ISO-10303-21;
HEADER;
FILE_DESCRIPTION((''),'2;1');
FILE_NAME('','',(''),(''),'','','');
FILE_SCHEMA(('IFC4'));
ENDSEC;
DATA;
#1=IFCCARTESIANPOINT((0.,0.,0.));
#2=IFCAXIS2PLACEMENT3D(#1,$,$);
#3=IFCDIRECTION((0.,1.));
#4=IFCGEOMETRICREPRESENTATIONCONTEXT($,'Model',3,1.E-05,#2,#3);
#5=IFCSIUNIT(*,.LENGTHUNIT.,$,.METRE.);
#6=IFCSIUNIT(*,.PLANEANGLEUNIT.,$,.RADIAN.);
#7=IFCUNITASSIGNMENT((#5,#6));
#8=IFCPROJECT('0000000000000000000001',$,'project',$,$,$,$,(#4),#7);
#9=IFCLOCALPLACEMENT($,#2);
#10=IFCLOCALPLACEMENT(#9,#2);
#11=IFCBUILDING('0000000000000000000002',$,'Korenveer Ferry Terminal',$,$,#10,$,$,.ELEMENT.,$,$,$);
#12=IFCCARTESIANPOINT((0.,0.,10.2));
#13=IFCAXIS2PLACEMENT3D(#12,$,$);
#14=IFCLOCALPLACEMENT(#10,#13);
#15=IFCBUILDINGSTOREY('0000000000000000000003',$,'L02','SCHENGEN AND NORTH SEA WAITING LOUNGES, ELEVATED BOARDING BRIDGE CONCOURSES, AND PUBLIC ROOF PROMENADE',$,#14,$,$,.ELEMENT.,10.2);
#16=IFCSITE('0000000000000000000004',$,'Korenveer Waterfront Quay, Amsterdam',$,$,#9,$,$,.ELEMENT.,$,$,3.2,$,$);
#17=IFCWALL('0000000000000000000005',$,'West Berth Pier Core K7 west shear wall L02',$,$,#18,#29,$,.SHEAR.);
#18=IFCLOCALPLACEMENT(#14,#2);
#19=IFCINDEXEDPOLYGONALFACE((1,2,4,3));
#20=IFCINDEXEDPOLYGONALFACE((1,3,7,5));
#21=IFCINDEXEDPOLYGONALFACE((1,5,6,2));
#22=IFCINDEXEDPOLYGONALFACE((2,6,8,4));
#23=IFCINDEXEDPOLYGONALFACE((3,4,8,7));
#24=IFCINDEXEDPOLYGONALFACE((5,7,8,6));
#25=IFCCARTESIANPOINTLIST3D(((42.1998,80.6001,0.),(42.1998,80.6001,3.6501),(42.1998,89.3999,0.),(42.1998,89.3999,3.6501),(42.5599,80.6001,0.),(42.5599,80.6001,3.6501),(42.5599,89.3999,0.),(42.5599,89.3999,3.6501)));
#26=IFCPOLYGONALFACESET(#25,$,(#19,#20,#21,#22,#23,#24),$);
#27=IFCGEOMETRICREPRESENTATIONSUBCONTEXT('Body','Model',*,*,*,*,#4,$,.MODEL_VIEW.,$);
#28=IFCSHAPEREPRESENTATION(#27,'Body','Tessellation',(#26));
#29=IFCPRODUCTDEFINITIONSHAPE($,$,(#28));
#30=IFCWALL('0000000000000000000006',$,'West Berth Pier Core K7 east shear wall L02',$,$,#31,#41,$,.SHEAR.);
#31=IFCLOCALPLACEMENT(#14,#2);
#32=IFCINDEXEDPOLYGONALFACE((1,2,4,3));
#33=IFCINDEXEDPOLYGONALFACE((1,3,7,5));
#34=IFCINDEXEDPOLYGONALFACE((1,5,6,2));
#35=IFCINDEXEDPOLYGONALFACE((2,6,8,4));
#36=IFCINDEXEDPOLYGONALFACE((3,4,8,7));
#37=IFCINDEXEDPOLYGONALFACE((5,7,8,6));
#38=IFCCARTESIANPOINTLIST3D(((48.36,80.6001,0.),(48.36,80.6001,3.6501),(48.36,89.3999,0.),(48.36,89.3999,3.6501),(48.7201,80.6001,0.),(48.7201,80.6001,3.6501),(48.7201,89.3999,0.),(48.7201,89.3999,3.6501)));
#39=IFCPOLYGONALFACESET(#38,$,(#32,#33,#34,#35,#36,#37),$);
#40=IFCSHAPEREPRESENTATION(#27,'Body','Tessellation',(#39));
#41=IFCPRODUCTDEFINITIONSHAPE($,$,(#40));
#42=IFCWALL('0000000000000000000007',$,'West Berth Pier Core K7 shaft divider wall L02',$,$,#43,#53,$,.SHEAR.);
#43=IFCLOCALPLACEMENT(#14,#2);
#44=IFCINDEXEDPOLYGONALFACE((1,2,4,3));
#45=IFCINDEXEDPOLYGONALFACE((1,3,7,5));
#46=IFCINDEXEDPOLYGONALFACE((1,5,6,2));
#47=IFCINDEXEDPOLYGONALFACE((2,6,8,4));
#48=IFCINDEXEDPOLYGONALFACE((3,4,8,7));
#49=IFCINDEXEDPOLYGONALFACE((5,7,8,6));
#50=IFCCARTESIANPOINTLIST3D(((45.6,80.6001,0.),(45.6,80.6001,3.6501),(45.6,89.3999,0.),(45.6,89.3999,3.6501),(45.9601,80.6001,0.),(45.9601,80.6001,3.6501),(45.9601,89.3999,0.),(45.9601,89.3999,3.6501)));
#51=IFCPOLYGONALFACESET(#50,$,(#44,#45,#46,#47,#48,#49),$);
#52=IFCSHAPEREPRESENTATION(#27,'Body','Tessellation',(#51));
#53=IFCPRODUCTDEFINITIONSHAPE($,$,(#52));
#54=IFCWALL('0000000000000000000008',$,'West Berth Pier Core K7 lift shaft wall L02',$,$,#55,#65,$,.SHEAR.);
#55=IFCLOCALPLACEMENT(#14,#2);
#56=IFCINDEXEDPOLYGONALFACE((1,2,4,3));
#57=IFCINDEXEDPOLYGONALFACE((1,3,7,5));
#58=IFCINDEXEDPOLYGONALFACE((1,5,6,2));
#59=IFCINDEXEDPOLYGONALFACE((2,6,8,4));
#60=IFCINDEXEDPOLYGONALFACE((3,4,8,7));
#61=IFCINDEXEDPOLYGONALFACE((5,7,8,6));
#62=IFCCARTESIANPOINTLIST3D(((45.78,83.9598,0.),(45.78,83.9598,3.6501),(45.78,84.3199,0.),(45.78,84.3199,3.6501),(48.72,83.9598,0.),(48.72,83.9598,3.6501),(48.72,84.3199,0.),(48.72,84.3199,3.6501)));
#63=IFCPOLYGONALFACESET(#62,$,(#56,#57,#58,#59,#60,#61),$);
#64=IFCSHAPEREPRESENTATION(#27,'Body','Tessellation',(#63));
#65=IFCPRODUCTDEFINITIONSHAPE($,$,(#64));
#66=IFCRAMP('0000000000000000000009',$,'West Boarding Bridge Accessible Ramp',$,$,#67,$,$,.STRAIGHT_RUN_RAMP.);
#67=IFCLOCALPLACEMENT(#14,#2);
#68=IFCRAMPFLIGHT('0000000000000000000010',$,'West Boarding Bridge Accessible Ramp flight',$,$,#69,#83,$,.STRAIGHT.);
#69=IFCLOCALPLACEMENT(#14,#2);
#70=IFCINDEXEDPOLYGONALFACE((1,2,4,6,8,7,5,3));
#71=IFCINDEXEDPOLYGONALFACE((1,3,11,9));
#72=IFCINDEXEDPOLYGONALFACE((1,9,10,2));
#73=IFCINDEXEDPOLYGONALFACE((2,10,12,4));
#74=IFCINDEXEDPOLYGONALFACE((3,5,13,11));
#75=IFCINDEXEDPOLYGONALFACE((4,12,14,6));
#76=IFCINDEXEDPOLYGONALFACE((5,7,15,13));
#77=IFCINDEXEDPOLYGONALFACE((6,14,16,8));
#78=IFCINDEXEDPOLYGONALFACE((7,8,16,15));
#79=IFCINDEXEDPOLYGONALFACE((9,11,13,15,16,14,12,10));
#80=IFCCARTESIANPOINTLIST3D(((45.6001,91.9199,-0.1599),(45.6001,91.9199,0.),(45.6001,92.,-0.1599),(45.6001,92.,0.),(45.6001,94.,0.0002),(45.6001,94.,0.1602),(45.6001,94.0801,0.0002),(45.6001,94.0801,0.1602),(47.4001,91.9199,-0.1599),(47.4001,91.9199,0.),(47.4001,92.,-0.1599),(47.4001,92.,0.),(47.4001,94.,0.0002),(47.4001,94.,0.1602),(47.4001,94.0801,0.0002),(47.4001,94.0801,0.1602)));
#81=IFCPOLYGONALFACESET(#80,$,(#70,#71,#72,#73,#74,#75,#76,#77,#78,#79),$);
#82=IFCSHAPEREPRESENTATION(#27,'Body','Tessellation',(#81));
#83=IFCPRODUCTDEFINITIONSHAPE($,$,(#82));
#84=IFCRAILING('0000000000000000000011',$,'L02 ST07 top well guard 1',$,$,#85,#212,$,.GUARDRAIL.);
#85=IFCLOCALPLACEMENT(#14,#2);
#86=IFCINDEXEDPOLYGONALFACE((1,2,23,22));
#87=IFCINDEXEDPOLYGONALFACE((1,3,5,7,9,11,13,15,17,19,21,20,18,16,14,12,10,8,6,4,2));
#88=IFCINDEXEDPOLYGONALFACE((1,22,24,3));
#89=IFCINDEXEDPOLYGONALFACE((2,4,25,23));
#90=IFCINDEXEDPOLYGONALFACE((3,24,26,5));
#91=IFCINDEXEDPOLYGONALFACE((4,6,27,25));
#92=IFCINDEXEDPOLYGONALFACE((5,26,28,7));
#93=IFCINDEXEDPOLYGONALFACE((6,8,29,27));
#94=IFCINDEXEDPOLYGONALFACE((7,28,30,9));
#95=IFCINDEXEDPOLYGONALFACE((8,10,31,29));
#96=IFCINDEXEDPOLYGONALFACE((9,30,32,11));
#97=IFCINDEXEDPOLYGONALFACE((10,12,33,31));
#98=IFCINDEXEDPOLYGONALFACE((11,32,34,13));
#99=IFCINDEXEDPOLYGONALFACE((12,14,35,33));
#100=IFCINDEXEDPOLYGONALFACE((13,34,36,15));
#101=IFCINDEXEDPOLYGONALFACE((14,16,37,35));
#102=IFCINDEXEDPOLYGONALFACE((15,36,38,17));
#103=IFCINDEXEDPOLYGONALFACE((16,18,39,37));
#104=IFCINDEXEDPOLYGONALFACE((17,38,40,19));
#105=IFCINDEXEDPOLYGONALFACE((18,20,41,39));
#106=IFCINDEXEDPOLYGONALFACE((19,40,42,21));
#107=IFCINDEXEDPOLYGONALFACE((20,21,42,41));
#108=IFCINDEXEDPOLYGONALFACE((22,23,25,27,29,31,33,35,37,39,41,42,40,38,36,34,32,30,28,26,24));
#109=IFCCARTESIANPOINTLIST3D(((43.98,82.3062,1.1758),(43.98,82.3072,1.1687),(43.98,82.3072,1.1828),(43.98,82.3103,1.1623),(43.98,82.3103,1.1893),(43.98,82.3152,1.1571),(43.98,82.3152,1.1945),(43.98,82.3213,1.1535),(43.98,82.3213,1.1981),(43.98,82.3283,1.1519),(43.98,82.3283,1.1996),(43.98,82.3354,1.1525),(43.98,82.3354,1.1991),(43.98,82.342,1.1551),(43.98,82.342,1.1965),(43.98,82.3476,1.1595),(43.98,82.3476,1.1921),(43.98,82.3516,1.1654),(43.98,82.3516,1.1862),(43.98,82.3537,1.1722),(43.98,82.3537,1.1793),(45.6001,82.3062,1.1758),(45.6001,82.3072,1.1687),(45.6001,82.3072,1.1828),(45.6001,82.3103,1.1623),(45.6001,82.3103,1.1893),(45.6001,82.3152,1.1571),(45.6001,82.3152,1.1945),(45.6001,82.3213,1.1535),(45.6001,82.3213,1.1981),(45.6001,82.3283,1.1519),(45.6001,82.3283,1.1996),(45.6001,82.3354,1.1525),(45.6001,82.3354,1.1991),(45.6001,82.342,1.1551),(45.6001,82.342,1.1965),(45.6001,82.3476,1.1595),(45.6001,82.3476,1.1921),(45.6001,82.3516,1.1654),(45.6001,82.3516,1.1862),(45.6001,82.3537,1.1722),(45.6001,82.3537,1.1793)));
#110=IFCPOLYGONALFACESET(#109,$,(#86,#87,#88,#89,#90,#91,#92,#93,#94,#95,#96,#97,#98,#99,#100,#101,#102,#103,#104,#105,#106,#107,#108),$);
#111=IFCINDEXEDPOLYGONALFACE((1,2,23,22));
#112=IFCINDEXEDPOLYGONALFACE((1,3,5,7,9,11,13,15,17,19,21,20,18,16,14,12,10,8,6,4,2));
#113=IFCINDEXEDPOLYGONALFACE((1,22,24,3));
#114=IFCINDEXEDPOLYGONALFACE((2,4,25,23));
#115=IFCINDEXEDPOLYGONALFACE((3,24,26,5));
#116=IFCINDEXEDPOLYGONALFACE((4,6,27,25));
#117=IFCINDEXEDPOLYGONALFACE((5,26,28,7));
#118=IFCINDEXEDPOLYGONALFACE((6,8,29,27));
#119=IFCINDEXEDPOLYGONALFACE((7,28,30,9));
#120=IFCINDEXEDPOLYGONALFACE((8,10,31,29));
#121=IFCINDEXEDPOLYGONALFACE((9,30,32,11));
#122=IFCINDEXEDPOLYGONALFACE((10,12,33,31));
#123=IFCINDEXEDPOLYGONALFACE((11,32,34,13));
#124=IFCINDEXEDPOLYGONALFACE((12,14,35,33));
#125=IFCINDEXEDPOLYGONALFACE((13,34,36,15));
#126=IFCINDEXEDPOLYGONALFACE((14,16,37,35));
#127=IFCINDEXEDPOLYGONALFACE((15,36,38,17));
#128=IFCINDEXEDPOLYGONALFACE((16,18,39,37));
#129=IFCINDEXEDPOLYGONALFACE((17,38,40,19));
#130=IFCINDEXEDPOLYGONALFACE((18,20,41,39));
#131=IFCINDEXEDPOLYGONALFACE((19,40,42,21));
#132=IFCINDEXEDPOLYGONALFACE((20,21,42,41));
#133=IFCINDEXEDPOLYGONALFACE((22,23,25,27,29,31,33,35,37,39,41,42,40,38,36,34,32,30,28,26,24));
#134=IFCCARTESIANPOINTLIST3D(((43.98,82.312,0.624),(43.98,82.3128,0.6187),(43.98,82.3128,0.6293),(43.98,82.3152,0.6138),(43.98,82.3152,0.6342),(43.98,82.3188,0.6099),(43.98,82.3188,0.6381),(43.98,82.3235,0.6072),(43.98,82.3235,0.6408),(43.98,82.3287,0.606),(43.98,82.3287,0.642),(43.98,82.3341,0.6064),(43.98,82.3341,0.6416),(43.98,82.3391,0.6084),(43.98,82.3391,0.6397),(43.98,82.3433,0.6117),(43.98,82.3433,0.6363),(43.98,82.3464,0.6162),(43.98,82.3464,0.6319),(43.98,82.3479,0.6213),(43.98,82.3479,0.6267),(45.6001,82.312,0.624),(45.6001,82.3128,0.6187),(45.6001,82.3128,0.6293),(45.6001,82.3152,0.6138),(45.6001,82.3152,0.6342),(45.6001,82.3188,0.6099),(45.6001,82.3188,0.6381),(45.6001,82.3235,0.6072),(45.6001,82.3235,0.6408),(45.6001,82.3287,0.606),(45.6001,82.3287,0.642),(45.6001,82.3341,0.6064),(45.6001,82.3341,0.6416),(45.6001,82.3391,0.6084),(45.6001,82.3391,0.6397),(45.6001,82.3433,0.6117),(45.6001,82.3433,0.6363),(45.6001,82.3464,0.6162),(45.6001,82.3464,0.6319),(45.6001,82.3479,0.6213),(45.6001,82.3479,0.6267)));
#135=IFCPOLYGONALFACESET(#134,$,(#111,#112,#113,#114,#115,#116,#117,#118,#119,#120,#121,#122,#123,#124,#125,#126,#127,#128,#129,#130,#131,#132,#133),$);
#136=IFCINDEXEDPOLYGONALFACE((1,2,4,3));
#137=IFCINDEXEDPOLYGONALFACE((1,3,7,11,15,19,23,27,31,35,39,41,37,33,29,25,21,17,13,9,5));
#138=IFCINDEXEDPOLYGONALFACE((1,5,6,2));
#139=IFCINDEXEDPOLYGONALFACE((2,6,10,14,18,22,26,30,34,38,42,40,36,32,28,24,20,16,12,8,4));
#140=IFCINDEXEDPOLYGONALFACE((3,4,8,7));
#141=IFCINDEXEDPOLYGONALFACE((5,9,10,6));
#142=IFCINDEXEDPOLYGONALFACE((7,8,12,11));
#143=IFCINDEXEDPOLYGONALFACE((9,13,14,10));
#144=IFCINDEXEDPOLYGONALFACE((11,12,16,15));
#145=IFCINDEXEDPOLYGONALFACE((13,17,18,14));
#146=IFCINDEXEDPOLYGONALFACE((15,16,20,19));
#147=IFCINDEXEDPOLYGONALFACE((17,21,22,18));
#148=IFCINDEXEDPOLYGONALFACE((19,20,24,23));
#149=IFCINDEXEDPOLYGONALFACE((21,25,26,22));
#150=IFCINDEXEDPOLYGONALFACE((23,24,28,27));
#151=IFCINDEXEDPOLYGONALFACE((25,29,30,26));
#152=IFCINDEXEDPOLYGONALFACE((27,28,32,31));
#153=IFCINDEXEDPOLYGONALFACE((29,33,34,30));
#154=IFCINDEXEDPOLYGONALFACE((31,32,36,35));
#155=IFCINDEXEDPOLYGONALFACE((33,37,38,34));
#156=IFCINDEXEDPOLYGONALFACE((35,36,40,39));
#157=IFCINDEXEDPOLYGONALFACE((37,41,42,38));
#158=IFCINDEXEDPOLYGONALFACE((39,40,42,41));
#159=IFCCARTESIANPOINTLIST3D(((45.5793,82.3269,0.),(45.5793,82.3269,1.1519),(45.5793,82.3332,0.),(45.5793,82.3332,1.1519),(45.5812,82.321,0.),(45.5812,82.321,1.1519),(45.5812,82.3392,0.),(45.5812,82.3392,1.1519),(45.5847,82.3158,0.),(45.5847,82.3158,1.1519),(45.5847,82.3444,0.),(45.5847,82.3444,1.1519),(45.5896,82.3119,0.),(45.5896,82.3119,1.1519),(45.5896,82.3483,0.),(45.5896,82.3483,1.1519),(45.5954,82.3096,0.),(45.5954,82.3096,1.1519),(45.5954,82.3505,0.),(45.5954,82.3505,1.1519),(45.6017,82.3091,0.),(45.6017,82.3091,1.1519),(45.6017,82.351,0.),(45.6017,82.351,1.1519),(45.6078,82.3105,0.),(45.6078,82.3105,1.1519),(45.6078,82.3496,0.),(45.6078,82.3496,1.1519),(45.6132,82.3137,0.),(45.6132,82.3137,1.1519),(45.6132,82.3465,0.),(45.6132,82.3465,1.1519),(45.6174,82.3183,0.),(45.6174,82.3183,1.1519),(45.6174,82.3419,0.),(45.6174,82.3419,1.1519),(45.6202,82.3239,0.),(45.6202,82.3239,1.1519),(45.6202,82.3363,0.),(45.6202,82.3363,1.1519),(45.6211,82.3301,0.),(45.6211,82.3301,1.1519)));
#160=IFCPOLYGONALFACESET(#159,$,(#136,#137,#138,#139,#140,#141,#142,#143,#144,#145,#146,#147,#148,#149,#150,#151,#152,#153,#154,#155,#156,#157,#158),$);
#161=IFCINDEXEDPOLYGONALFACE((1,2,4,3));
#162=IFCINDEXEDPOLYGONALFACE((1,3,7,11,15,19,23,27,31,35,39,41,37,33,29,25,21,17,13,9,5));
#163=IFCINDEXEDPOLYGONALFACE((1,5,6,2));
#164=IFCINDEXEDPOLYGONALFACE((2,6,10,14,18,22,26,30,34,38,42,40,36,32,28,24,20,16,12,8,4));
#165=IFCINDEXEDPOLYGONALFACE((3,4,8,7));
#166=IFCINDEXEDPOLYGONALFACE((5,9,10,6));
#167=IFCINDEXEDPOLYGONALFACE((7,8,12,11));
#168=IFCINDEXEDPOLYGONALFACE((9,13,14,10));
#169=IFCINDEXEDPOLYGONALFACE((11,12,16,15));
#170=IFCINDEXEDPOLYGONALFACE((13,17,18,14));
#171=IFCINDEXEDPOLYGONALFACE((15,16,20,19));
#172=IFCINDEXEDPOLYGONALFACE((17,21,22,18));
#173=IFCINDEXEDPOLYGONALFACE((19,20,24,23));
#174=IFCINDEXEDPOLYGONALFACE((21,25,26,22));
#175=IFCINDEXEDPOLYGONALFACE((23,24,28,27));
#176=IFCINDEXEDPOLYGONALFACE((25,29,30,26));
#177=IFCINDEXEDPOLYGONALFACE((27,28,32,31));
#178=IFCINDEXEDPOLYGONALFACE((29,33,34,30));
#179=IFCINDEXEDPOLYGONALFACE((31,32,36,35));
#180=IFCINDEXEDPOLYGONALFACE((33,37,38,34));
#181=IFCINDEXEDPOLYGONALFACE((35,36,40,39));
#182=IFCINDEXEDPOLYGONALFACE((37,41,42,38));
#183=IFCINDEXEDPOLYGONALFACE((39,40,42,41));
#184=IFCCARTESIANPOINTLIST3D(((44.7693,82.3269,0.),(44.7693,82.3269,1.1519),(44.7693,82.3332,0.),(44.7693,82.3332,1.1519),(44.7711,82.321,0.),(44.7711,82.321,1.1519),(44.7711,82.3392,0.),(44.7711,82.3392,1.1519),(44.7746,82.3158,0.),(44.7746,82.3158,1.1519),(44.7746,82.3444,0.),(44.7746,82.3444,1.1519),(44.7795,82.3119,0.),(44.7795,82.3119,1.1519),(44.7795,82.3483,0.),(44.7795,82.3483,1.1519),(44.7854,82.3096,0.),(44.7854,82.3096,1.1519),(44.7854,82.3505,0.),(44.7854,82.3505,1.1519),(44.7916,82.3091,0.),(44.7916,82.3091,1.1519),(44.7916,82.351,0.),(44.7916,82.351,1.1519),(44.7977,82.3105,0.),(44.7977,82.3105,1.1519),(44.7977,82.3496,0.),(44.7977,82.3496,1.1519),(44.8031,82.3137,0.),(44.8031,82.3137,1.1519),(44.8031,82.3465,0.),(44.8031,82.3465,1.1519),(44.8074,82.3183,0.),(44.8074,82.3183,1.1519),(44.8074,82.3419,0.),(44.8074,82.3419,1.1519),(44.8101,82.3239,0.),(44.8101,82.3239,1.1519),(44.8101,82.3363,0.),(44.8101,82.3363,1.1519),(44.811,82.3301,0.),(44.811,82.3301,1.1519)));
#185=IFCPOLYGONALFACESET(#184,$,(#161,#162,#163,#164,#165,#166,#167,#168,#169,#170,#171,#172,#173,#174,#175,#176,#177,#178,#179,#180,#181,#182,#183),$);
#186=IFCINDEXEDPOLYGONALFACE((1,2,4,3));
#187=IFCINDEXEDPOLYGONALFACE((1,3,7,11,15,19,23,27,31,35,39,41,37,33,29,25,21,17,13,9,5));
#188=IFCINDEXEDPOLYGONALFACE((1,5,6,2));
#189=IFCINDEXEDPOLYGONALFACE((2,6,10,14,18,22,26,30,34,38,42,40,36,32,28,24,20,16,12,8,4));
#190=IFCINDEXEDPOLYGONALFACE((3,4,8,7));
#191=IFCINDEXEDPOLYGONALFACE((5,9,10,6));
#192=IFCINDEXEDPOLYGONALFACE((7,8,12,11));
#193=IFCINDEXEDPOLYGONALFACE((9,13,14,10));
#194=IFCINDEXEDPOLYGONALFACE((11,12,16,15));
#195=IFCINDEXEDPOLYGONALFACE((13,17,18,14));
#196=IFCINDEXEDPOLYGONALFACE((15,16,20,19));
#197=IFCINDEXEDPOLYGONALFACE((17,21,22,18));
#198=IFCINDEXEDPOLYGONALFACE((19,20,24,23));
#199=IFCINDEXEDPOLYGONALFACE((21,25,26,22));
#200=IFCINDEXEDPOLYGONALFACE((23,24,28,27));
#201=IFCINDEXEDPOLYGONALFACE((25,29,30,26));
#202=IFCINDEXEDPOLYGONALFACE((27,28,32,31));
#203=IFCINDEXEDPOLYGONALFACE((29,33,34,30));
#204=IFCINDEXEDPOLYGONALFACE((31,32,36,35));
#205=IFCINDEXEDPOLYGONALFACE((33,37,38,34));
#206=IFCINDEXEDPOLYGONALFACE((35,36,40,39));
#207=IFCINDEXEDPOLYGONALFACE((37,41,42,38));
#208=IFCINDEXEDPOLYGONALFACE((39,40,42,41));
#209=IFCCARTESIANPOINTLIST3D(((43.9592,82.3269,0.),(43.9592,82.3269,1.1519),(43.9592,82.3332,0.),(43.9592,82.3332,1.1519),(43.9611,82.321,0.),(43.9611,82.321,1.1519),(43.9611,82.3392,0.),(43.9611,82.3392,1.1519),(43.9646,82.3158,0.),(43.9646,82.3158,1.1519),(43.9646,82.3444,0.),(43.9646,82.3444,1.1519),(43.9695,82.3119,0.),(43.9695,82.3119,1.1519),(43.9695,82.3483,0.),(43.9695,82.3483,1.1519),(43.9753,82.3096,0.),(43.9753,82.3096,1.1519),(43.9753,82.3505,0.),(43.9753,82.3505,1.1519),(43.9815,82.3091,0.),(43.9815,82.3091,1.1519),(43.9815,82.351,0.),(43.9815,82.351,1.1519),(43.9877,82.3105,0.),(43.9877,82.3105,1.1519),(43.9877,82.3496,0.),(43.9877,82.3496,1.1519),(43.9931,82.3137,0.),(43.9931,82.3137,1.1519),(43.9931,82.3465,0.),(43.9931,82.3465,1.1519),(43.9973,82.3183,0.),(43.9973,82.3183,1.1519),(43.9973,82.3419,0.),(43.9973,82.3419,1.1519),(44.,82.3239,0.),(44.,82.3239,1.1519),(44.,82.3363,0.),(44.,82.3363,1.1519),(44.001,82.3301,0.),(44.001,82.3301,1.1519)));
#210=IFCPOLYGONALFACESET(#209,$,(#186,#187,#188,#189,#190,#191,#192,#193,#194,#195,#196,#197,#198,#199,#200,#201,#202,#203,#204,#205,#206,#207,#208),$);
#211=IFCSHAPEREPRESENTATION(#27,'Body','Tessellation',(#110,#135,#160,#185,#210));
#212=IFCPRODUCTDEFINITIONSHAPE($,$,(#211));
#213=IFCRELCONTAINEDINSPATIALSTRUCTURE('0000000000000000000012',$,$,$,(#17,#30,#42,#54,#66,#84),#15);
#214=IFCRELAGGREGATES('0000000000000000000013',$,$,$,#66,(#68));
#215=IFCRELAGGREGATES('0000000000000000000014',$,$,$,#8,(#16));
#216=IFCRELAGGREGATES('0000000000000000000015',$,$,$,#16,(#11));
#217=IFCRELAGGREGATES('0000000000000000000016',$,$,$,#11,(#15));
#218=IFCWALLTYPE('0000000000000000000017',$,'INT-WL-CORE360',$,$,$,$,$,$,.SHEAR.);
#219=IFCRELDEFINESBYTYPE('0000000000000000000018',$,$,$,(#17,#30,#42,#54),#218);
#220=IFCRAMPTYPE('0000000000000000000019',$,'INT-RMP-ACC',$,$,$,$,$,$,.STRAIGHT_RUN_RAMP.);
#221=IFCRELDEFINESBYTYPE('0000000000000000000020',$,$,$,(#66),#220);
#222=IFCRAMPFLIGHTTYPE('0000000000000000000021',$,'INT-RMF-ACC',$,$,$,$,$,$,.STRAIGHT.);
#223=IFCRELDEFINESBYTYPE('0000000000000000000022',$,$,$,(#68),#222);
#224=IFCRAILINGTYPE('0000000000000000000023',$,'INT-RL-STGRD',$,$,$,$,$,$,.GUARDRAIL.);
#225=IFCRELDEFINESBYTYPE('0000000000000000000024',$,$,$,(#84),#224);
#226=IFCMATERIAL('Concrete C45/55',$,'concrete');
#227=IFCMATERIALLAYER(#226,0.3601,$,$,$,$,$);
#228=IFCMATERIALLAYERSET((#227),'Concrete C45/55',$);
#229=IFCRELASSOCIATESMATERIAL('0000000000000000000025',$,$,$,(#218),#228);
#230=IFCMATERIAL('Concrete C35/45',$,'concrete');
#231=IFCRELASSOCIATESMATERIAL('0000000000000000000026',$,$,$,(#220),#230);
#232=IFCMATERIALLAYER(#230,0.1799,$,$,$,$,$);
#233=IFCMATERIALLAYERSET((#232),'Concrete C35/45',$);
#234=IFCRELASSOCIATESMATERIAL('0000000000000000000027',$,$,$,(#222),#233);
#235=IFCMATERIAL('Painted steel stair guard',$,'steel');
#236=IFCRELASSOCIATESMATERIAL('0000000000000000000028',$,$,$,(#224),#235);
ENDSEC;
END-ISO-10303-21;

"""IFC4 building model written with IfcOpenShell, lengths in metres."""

from ifc_helpers import new_model, si_unit, direction, frame, frame_2d, origin, origin_2d, place, context, subcontext, project, spatial, polyline, rectangle, circle, outline, extrude, material, layer, layer_set, type_object, element, aggregate, save


model = new_model("IFC4")

# Units and contexts
model_context = context("Model", 3, precision=1e-05, world=origin(), true_north=direction((0.0, 1.0)))
body_context = subcontext(model_context, "Body", "Model", "MODEL_VIEW")
ifc_project = project(units=[si_unit("LENGTHUNIT", "METRE"), si_unit("PLANEANGLEUNIT", "RADIAN")], contexts=[model_context])

# Site, building, storey
site_placement = place(None, origin())
site = spatial("IfcSite", under=ifc_project, at=site_placement, Name="Korenveer Waterfront Quay, Amsterdam", CompositionType="ELEMENT", RefElevation=3.2)
building_placement = place(site_placement, origin())
building = spatial("IfcBuilding", under=site, at=building_placement, Name="Korenveer Ferry Terminal", CompositionType="ELEMENT")
storey_placement = place(building_placement, frame((0.0, 0.0, 10.2)))
storey = spatial("IfcBuildingStorey", under=building, at=storey_placement, Name="L02", Description="SCHENGEN AND NORTH SEA WAITING LOUNGES, ELEVATED BOARDING BRIDGE CONCOURSES, AND PUBLIC ROOF PROMENADE", CompositionType="ELEMENT", Elevation=10.2)

# Shared definitions
ifc_material_1 = material(Name="Concrete C45/55", Category="concrete")
ifc_layer_1 = layer(ifc_material_1, 0.3601)
ifc_layer_set_1 = layer_set([ifc_layer_1], Name="Concrete C45/55")
wall_type = type_object("IfcWallType", Name="INT-WL-CORE360", PredefinedType="SHEAR", material=ifc_layer_set_1)

# Walls
for number, where, z_axis, x_axis, name in (
    (1, (42.3799, 80.6001, 0.0), (0.0, 0.0, 1.0), (0.0, 1.0, 0.0), "West Berth Pier Core K7 west shear wall L02"),
    (2, (48.54, 80.6001, 0.0), (0.0, 0.0, 1.0), (0.0, 1.0, 0.0), "West Berth Pier Core K7 east shear wall L02"),
    (3, (45.78, 80.6001, 0.0), (0.0, 0.0, 1.0), (0.0, 1.0, 0.0), "West Berth Pier Core K7 shaft divider wall L02"),
):
    element("IfcWall", number, at=place(storey_placement, frame(where, z_axis=z_axis, x_axis=x_axis)), inside=storey, type_object=wall_type, Name=name, PredefinedType="SHEAR", context=body_context, shape_type="SweptSolid", body=[
        extrude(rectangle(XDim=8.7998, YDim=0.3601, at=frame_2d((4.3999, 0.0))), origin(), (0.0, 0.0, 1.0), 3.6501),
    ])
wall_1_placement = place(storey_placement, frame((45.78, 84.1399, 0.0), z_axis=(0.0, 0.0, 1.0), x_axis=(1.0, 0.0, 0.0)))
element("IfcWall", 4, at=wall_1_placement, inside=storey, type_object=wall_type, Name="West Berth Pier Core K7 lift shaft wall L02", PredefinedType="SHEAR", context=body_context, shape_type="SweptSolid", body=[
    extrude(rectangle(XDim=2.9399, YDim=0.3601, at=frame_2d((1.47, 0.0))), origin(), (0.0, 0.0, 1.0), 3.6501),
])

# Ramp, ramp flight
ifc_material_2 = material(Name="Concrete C35/45", Category="concrete")
ramp_type = type_object("IfcRampType", Name="INT-RMP-ACC", PredefinedType="STRAIGHT_RUN_RAMP", material=ifc_material_2)
ramp_placement = place(storey_placement, frame((46.5, 92.0, 0.0)))
ramp = element("IfcRamp", 5, at=ramp_placement, inside=storey, type_object=ramp_type, Name="West Boarding Bridge Accessible Ramp", PredefinedType="STRAIGHT_RUN_RAMP")
ifc_layer_2 = layer(ifc_material_2, 0.1799)
ifc_layer_set_2 = layer_set([ifc_layer_2], Name="Concrete C35/45")
ramp_flight_type = type_object("IfcRampFlightType", Name="INT-RMF-ACC", PredefinedType="STRAIGHT", material=ifc_layer_set_2)
ramp_flight_placement = place(storey_placement, frame((46.5, 92.0, 0.0), z_axis=(0.0, 0.0, 1.0), x_axis=(0.0, 1.0, 0.0)))
ramp_flight = element("IfcRampFlight", 6, at=ramp_flight_placement, type_object=ramp_flight_type, Name="West Boarding Bridge Accessible Ramp flight", PredefinedType="STRAIGHT", context=body_context, shape_type="SweptSolid", body=[
    extrude(outline(polyline([(-0.0801, 0.0), (0.0, 0.0), (2.0, 0.1602), (2.0801, 0.1602), (2.0801, 0.0002), (2.0, 0.0002), (0.0, -0.1599), (-0.0801, -0.1599), (-0.0801, 0.0)])), frame((0.0, 0.8999, 0.0), z_axis=(0.0, -1.0, 0.0), x_axis=(1.0, 0.0, 0.0)), (0.0, 0.0, 1.0), 1.8),
])
aggregate(ramp, [ramp_flight])

# Railing
ifc_material_3 = material(Name="Painted steel stair guard", Category="steel")
railing_type_1 = type_object("IfcRailingType", Name="INT-RL-STGRD", PredefinedType="GUARDRAIL", material=ifc_material_3)
railing_placement = place(storey_placement, frame((45.6001, 82.3301, 0.0)))
element("IfcRailing", 7, at=railing_placement, inside=storey, type_object=railing_type_1, Name="L02 ST07 top well guard 1", PredefinedType="GUARDRAIL", context=body_context, shape_type="SweptSolid", body=[
    extrude(circle(Radius=0.0239, at=origin_2d()), frame((0.0, 0.0, 1.1758), z_axis=(-1.0, 0.0, 0.0), x_axis=(0.0, -1.0, 0.0)), (0.0, 0.0, 1.0), 1.6201),
    extrude(circle(Radius=0.0181, at=origin_2d()), frame((0.0, 0.0, 0.624), z_axis=(-1.0, 0.0, 0.0), x_axis=(0.0, -1.0, 0.0)), (0.0, 0.0, 1.0), 1.6201),
    extrude(circle(Radius=0.021, at=origin_2d()), origin(), (0.0, 0.0, 1.0), 1.1519),
    extrude(circle(Radius=0.021, at=origin_2d()), frame((-0.8101, 0.0, 0.0)), (0.0, 0.0, 1.0), 1.1519),
    extrude(circle(Radius=0.021, at=origin_2d()), frame((-1.6201, 0.0, 0.0)), (0.0, 0.0, 1.0), 1.1519),
])

save(model, "model.ifc")
